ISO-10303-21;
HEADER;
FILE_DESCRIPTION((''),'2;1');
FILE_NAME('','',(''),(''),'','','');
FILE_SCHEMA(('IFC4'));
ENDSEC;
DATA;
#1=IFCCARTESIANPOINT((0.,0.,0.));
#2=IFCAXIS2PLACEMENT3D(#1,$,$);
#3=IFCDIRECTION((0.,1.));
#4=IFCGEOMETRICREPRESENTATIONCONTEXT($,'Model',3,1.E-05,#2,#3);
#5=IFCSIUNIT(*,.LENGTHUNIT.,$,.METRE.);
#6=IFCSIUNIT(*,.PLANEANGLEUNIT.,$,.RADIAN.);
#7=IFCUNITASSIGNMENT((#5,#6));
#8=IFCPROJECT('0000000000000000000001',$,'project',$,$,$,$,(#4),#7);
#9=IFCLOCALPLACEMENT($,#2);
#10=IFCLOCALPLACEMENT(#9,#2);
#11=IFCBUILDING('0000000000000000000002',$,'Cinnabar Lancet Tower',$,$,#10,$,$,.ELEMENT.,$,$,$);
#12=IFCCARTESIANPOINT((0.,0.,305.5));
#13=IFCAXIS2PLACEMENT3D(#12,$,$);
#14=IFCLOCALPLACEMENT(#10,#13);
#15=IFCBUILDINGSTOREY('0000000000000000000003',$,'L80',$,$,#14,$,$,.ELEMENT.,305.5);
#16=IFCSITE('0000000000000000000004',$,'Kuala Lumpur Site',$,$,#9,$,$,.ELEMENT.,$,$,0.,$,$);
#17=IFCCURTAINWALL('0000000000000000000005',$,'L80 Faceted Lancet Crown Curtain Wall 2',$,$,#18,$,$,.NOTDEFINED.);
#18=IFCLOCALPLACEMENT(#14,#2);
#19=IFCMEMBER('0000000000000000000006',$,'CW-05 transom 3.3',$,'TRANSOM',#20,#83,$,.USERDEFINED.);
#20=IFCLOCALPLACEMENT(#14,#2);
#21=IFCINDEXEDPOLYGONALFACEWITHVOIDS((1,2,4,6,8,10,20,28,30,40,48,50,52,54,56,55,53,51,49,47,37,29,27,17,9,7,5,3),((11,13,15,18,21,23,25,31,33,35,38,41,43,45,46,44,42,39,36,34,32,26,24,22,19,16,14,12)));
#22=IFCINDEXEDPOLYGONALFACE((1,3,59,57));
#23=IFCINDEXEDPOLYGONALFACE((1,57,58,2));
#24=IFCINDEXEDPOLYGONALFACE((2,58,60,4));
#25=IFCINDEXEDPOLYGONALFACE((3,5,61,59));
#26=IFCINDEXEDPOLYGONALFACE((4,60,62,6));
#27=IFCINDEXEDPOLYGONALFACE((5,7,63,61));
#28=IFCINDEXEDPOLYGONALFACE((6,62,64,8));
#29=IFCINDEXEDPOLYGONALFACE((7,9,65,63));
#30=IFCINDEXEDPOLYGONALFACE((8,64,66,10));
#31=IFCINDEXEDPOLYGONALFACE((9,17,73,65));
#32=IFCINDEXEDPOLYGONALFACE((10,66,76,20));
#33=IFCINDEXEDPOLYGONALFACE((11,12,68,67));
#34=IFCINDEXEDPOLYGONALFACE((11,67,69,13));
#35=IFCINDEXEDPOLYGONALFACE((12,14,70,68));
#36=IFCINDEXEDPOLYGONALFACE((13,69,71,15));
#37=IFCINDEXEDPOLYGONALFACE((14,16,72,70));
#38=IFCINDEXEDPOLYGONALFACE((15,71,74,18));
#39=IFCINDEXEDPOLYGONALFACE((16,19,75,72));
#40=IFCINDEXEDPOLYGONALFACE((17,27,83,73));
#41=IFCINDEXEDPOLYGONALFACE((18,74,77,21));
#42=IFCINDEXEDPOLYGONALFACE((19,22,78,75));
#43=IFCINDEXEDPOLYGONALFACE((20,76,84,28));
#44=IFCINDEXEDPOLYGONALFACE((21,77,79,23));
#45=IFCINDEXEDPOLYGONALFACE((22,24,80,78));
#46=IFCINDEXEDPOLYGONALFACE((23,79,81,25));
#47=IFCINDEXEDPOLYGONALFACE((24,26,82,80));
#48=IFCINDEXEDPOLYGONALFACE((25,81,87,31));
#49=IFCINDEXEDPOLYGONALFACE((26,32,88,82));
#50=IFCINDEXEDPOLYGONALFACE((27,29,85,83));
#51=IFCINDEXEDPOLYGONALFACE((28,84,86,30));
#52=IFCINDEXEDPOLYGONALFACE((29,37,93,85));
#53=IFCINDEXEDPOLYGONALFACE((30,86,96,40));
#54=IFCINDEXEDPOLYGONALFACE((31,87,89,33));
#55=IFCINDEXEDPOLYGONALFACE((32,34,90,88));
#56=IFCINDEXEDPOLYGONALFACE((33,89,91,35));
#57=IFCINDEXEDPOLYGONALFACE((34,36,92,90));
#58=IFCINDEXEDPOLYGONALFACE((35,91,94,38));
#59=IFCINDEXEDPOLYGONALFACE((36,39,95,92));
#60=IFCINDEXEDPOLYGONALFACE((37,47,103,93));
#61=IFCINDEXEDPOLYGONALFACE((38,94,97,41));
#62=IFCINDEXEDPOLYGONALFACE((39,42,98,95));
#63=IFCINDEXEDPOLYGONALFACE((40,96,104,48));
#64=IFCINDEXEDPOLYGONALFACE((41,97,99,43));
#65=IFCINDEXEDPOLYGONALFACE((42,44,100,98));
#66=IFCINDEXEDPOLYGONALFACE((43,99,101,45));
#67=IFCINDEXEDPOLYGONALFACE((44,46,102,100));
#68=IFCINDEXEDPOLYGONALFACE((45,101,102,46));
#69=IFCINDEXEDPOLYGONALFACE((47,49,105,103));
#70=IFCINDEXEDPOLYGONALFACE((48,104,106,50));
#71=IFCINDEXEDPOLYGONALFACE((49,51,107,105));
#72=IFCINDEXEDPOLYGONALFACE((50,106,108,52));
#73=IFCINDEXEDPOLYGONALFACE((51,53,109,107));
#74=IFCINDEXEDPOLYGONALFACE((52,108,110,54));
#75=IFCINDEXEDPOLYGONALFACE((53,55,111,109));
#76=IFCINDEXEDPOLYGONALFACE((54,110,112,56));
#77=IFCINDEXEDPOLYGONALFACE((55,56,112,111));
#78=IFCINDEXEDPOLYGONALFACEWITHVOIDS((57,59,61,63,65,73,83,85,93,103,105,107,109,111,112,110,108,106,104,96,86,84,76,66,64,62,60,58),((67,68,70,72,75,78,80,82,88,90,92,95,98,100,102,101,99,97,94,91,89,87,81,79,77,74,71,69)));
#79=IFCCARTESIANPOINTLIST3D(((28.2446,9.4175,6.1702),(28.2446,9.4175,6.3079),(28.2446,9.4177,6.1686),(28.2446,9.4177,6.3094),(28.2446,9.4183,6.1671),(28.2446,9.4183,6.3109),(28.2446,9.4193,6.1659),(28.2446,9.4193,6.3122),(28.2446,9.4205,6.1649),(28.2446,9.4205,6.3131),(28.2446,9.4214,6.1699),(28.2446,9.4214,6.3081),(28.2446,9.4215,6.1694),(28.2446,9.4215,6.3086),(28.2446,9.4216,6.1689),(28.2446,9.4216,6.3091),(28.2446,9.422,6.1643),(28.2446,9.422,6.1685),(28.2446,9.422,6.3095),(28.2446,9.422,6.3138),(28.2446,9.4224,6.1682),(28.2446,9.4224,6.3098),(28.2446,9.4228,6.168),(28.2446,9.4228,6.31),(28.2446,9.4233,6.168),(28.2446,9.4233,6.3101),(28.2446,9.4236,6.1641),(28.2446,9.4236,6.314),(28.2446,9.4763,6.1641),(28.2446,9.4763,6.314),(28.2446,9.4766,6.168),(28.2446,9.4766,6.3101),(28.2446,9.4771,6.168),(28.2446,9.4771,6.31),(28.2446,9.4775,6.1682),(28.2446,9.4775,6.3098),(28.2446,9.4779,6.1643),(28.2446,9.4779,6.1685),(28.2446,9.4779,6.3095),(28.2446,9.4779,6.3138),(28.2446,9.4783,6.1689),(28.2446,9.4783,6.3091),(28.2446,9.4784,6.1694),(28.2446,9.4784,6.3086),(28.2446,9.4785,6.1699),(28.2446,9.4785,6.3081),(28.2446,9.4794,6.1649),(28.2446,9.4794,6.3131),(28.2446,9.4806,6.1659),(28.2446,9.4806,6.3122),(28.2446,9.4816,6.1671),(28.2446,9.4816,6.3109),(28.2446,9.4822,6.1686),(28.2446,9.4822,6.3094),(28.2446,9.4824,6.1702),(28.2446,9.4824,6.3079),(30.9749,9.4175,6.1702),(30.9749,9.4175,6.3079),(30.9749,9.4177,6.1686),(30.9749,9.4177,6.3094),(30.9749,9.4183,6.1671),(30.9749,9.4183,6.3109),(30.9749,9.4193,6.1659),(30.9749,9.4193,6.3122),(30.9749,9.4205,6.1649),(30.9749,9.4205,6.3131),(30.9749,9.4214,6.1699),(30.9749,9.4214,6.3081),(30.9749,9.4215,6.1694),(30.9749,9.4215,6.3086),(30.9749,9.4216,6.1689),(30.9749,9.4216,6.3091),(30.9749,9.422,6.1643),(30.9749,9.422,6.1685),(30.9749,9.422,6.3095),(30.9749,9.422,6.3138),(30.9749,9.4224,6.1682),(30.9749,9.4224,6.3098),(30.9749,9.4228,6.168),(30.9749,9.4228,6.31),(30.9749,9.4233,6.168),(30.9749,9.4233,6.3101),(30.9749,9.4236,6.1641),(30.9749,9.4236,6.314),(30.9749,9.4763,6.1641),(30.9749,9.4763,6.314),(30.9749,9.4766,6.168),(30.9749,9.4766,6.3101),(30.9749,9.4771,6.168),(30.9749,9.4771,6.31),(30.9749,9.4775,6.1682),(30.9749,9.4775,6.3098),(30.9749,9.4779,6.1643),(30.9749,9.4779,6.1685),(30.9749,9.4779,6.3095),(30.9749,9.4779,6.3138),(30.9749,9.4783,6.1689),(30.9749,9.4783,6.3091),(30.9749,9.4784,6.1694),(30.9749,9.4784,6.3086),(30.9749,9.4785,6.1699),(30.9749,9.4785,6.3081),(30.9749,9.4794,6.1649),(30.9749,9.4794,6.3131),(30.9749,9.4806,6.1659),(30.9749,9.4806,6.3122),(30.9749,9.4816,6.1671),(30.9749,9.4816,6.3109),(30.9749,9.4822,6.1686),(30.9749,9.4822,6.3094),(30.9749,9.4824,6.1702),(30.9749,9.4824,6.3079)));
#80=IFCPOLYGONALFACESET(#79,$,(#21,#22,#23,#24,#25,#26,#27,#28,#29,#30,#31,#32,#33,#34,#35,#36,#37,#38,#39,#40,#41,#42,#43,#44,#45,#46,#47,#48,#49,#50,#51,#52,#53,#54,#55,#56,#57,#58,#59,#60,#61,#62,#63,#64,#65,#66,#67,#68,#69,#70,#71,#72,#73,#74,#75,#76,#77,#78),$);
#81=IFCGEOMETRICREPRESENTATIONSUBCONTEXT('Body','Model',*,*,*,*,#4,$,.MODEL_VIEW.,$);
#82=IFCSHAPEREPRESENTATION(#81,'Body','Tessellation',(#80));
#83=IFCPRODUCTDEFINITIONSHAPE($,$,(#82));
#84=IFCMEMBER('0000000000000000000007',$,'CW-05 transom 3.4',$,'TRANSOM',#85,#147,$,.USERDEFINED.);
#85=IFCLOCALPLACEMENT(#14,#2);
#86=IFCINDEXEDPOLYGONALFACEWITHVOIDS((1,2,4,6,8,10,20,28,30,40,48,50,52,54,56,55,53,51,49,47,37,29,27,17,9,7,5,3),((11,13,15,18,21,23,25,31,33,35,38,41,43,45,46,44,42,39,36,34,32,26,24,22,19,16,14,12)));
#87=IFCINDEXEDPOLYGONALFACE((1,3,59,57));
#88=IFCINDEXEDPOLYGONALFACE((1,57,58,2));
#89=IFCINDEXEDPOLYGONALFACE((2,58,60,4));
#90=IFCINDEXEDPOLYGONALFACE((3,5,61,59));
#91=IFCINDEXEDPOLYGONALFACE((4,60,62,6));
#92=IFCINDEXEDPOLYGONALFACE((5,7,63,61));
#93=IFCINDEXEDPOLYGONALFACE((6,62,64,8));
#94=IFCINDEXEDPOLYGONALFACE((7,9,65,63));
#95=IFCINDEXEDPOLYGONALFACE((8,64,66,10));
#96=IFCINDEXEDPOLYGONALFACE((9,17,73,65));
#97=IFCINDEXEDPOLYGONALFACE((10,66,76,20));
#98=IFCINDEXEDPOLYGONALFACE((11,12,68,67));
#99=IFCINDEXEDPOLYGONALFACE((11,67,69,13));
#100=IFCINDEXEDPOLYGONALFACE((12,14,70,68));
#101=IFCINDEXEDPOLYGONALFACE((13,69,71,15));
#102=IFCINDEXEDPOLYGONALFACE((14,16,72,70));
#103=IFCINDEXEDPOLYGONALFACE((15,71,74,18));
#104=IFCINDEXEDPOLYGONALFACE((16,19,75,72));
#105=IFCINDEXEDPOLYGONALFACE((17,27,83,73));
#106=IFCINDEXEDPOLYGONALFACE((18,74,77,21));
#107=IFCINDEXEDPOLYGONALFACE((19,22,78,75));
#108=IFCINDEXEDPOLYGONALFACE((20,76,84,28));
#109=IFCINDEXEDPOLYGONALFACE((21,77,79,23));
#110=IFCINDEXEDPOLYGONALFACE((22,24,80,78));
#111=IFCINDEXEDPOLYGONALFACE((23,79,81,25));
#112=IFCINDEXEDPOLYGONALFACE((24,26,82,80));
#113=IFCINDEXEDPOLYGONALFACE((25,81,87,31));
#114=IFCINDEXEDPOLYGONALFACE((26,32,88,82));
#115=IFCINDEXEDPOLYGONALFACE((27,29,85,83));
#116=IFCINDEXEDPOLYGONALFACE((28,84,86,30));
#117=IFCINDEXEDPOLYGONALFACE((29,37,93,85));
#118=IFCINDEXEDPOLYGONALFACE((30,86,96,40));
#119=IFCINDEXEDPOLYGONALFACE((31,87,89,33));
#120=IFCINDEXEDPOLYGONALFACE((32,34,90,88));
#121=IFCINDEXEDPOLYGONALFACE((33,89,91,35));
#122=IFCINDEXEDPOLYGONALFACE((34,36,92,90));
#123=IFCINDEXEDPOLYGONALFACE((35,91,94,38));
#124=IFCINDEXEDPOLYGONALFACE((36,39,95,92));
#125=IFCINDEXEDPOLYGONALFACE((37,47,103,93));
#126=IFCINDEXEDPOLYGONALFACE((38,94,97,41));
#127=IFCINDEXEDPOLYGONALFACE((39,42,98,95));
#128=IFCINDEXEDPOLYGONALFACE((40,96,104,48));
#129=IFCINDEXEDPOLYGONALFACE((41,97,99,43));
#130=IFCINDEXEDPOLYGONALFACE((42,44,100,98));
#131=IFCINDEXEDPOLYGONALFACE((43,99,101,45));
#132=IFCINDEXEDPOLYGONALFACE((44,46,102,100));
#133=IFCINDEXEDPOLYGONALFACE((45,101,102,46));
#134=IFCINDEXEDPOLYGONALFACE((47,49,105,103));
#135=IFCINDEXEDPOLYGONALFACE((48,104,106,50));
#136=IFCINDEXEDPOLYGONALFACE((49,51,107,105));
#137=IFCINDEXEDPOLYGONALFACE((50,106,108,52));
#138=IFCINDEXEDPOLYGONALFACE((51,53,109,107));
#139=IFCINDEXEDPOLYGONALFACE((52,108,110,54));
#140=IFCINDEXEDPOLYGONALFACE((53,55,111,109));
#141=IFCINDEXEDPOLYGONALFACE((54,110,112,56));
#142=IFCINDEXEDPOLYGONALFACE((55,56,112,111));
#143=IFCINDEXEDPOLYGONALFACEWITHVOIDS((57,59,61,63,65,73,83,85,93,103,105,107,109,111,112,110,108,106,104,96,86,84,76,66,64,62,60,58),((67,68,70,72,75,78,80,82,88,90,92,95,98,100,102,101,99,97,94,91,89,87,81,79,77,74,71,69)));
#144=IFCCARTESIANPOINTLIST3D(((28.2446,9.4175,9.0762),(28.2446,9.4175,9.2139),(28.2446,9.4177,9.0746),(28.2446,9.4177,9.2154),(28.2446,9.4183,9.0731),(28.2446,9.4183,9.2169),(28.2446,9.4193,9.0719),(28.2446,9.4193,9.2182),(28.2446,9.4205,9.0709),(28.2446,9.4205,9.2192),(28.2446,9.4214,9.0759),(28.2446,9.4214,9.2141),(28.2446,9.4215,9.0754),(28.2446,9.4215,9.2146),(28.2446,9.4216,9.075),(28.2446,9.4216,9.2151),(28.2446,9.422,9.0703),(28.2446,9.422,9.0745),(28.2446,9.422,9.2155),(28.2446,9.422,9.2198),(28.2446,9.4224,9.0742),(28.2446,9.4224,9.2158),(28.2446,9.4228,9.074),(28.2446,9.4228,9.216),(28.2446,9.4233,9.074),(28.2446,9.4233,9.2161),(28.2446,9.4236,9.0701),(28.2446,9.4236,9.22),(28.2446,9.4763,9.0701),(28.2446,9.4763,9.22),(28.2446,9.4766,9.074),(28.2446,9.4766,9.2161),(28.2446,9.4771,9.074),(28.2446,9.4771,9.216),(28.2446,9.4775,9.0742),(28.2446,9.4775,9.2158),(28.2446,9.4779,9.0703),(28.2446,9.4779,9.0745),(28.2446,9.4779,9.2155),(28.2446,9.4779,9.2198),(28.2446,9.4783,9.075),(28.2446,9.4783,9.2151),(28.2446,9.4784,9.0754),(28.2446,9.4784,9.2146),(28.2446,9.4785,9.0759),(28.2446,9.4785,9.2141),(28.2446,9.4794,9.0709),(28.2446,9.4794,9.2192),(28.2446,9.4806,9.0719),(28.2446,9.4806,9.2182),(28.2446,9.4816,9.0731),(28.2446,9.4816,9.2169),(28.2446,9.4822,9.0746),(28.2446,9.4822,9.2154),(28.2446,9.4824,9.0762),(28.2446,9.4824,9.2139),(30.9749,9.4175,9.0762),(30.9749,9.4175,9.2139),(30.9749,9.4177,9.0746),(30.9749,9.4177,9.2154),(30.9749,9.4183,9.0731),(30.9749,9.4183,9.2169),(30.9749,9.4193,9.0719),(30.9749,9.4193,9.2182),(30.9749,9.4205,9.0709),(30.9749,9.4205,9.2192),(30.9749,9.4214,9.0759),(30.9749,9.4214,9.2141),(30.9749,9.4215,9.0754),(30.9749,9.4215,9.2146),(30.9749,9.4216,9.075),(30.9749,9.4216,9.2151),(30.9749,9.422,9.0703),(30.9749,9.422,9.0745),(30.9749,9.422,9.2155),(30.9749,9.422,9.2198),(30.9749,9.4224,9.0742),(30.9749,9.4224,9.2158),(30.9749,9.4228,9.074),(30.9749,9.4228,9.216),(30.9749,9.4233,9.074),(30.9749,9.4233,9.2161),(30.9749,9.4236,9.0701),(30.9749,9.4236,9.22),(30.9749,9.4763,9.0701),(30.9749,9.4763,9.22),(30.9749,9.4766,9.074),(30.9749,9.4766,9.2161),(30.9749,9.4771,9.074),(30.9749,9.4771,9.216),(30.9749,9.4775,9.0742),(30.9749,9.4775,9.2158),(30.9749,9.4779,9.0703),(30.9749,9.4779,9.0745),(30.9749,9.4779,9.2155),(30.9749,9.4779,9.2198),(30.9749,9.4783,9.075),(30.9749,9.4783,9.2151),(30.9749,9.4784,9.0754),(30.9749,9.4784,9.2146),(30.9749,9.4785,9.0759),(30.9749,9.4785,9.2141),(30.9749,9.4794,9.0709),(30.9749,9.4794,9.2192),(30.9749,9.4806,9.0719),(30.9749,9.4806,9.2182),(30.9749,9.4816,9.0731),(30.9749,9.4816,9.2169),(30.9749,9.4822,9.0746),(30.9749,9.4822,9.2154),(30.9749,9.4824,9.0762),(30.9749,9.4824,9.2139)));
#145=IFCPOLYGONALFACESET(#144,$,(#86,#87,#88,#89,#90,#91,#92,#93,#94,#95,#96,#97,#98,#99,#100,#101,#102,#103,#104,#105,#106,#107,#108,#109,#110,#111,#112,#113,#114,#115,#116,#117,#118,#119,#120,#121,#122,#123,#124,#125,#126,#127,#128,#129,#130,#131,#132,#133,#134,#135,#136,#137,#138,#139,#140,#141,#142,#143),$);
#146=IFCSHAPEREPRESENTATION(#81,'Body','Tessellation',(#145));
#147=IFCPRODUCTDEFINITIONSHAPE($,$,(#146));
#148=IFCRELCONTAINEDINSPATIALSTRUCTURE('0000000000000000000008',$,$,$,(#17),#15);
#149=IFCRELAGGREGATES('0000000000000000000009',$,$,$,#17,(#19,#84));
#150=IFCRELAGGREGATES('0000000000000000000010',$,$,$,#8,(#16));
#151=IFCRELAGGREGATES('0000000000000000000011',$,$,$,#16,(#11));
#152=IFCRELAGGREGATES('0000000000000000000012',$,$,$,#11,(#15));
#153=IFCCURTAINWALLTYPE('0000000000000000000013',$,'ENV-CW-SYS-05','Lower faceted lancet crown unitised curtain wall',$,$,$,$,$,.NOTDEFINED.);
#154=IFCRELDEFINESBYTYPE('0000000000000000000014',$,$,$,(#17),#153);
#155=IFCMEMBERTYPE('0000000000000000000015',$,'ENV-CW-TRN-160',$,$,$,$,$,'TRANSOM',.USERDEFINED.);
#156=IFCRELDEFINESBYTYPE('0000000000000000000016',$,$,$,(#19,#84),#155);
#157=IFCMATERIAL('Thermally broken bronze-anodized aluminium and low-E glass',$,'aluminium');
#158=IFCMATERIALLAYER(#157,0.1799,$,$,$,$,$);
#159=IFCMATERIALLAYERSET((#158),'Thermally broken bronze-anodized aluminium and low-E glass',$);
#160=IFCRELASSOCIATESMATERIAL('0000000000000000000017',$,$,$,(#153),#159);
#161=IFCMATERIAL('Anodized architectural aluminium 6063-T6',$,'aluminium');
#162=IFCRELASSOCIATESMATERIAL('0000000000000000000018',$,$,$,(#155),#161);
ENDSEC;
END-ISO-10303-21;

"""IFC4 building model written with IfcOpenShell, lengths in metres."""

from ifc_helpers import new_model, si_unit, direction, frame, origin, origin_2d, place, context, subcontext, project, spatial, hollow_rectangle, extrude, material, layer, layer_set, material_profile, profile_set, type_object, element, aggregate, save


model = new_model("IFC4")

# Units and contexts
model_context = context("Model", 3, precision=1e-05, world=origin(), true_north=direction((0.0, 1.0)))
body_context = subcontext(model_context, "Body", "Model", "MODEL_VIEW")
ifc_project = project(units=[si_unit("LENGTHUNIT", "METRE"), si_unit("PLANEANGLEUNIT", "RADIAN")], contexts=[model_context])

# Site, building, storey
site_placement = place(None, origin())
site = spatial("IfcSite", under=ifc_project, at=site_placement, Name="Kuala Lumpur Site", CompositionType="ELEMENT", RefElevation=0.0)
building_placement = place(site_placement, origin())
building = spatial("IfcBuilding", under=site, at=building_placement, Name="Cinnabar Lancet Tower", CompositionType="ELEMENT")
storey_placement = place(building_placement, frame((0.0, 0.0, 305.5)))
storey = spatial("IfcBuildingStorey", under=building, at=storey_placement, Name="L80", CompositionType="ELEMENT", Elevation=305.5)

# Curtain wall, members
ifc_material_1 = material(Name="Thermally broken bronze-anodized aluminium and low-E glass", Category="aluminium")
ifc_layer_1 = layer(ifc_material_1, 0.1799)
ifc_layer_set_1 = layer_set([ifc_layer_1], Name="Thermally broken bronze-anodized aluminium and low-E glass")
curtain_wall_type = type_object("IfcCurtainWallType", Name="ENV-CW-SYS-05", Description="Lower faceted lancet crown unitised curtain wall", PredefinedType="NOTDEFINED", material=ifc_layer_set_1)
curtain_wall_placement = place(storey_placement, origin())
curtain_wall = element("IfcCurtainWall", 1, at=curtain_wall_placement, inside=storey, type_object=curtain_wall_type, Name="L80 Faceted Lancet Crown Curtain Wall 2", PredefinedType="NOTDEFINED")
ifc_material_2 = material(Name="Anodized architectural aluminium 6063-T6", Category="aluminium")
ifc_material_profile_1 = material_profile(ifc_material_2, hollow_rectangle(XDim=0.0649, YDim=0.1499, WallThickness=0.0039, InnerFilletRadius=0.002, OuterFilletRadius=0.0061, at=origin_2d()), Name="CW-TRN 150x65x4")
ifc_profile_set_1 = profile_set([ifc_material_profile_1], Name="Anodized architectural aluminium 6063-T6")
member_type_1 = type_object("IfcMemberType", Name="ENV-CW-TRN-160", ElementType="TRANSOM", PredefinedType="USERDEFINED", material=ifc_profile_set_1)
member_1_placement = place(storey_placement, frame((28.2446, 9.45, 6.239), z_axis=(1.0, 0.0, 0.0), x_axis=(0.0, 1.0, 0.0)))
member_1 = element("IfcMember", 2, at=member_1_placement, type_object=member_type_1, Name="CW-05 transom 3.3", ObjectType="TRANSOM", PredefinedType="USERDEFINED", context=body_context, shape_type="SweptSolid", body=[
    extrude(hollow_rectangle(XDim=0.0649, YDim=0.1499, WallThickness=0.0039, InnerFilletRadius=0.002, OuterFilletRadius=0.0061, at=origin_2d()), origin(), (0.0, 0.0, 1.0), 2.7302),
])
member_2_placement = place(storey_placement, frame((28.2446, 9.45, 9.145), z_axis=(1.0, 0.0, 0.0), x_axis=(0.0, 1.0, 0.0)))
member_2 = element("IfcMember", 3, at=member_2_placement, type_object=member_type_1, Name="CW-05 transom 3.4", ObjectType="TRANSOM", PredefinedType="USERDEFINED", context=body_context, shape_type="SweptSolid", body=[
    extrude(hollow_rectangle(XDim=0.0649, YDim=0.1499, WallThickness=0.0039, InnerFilletRadius=0.002, OuterFilletRadius=0.0061, at=origin_2d()), origin(), (0.0, 0.0, 1.0), 2.7302),
])
aggregate(curtain_wall, [member_1, member_2])

save(model, "model.ifc")
